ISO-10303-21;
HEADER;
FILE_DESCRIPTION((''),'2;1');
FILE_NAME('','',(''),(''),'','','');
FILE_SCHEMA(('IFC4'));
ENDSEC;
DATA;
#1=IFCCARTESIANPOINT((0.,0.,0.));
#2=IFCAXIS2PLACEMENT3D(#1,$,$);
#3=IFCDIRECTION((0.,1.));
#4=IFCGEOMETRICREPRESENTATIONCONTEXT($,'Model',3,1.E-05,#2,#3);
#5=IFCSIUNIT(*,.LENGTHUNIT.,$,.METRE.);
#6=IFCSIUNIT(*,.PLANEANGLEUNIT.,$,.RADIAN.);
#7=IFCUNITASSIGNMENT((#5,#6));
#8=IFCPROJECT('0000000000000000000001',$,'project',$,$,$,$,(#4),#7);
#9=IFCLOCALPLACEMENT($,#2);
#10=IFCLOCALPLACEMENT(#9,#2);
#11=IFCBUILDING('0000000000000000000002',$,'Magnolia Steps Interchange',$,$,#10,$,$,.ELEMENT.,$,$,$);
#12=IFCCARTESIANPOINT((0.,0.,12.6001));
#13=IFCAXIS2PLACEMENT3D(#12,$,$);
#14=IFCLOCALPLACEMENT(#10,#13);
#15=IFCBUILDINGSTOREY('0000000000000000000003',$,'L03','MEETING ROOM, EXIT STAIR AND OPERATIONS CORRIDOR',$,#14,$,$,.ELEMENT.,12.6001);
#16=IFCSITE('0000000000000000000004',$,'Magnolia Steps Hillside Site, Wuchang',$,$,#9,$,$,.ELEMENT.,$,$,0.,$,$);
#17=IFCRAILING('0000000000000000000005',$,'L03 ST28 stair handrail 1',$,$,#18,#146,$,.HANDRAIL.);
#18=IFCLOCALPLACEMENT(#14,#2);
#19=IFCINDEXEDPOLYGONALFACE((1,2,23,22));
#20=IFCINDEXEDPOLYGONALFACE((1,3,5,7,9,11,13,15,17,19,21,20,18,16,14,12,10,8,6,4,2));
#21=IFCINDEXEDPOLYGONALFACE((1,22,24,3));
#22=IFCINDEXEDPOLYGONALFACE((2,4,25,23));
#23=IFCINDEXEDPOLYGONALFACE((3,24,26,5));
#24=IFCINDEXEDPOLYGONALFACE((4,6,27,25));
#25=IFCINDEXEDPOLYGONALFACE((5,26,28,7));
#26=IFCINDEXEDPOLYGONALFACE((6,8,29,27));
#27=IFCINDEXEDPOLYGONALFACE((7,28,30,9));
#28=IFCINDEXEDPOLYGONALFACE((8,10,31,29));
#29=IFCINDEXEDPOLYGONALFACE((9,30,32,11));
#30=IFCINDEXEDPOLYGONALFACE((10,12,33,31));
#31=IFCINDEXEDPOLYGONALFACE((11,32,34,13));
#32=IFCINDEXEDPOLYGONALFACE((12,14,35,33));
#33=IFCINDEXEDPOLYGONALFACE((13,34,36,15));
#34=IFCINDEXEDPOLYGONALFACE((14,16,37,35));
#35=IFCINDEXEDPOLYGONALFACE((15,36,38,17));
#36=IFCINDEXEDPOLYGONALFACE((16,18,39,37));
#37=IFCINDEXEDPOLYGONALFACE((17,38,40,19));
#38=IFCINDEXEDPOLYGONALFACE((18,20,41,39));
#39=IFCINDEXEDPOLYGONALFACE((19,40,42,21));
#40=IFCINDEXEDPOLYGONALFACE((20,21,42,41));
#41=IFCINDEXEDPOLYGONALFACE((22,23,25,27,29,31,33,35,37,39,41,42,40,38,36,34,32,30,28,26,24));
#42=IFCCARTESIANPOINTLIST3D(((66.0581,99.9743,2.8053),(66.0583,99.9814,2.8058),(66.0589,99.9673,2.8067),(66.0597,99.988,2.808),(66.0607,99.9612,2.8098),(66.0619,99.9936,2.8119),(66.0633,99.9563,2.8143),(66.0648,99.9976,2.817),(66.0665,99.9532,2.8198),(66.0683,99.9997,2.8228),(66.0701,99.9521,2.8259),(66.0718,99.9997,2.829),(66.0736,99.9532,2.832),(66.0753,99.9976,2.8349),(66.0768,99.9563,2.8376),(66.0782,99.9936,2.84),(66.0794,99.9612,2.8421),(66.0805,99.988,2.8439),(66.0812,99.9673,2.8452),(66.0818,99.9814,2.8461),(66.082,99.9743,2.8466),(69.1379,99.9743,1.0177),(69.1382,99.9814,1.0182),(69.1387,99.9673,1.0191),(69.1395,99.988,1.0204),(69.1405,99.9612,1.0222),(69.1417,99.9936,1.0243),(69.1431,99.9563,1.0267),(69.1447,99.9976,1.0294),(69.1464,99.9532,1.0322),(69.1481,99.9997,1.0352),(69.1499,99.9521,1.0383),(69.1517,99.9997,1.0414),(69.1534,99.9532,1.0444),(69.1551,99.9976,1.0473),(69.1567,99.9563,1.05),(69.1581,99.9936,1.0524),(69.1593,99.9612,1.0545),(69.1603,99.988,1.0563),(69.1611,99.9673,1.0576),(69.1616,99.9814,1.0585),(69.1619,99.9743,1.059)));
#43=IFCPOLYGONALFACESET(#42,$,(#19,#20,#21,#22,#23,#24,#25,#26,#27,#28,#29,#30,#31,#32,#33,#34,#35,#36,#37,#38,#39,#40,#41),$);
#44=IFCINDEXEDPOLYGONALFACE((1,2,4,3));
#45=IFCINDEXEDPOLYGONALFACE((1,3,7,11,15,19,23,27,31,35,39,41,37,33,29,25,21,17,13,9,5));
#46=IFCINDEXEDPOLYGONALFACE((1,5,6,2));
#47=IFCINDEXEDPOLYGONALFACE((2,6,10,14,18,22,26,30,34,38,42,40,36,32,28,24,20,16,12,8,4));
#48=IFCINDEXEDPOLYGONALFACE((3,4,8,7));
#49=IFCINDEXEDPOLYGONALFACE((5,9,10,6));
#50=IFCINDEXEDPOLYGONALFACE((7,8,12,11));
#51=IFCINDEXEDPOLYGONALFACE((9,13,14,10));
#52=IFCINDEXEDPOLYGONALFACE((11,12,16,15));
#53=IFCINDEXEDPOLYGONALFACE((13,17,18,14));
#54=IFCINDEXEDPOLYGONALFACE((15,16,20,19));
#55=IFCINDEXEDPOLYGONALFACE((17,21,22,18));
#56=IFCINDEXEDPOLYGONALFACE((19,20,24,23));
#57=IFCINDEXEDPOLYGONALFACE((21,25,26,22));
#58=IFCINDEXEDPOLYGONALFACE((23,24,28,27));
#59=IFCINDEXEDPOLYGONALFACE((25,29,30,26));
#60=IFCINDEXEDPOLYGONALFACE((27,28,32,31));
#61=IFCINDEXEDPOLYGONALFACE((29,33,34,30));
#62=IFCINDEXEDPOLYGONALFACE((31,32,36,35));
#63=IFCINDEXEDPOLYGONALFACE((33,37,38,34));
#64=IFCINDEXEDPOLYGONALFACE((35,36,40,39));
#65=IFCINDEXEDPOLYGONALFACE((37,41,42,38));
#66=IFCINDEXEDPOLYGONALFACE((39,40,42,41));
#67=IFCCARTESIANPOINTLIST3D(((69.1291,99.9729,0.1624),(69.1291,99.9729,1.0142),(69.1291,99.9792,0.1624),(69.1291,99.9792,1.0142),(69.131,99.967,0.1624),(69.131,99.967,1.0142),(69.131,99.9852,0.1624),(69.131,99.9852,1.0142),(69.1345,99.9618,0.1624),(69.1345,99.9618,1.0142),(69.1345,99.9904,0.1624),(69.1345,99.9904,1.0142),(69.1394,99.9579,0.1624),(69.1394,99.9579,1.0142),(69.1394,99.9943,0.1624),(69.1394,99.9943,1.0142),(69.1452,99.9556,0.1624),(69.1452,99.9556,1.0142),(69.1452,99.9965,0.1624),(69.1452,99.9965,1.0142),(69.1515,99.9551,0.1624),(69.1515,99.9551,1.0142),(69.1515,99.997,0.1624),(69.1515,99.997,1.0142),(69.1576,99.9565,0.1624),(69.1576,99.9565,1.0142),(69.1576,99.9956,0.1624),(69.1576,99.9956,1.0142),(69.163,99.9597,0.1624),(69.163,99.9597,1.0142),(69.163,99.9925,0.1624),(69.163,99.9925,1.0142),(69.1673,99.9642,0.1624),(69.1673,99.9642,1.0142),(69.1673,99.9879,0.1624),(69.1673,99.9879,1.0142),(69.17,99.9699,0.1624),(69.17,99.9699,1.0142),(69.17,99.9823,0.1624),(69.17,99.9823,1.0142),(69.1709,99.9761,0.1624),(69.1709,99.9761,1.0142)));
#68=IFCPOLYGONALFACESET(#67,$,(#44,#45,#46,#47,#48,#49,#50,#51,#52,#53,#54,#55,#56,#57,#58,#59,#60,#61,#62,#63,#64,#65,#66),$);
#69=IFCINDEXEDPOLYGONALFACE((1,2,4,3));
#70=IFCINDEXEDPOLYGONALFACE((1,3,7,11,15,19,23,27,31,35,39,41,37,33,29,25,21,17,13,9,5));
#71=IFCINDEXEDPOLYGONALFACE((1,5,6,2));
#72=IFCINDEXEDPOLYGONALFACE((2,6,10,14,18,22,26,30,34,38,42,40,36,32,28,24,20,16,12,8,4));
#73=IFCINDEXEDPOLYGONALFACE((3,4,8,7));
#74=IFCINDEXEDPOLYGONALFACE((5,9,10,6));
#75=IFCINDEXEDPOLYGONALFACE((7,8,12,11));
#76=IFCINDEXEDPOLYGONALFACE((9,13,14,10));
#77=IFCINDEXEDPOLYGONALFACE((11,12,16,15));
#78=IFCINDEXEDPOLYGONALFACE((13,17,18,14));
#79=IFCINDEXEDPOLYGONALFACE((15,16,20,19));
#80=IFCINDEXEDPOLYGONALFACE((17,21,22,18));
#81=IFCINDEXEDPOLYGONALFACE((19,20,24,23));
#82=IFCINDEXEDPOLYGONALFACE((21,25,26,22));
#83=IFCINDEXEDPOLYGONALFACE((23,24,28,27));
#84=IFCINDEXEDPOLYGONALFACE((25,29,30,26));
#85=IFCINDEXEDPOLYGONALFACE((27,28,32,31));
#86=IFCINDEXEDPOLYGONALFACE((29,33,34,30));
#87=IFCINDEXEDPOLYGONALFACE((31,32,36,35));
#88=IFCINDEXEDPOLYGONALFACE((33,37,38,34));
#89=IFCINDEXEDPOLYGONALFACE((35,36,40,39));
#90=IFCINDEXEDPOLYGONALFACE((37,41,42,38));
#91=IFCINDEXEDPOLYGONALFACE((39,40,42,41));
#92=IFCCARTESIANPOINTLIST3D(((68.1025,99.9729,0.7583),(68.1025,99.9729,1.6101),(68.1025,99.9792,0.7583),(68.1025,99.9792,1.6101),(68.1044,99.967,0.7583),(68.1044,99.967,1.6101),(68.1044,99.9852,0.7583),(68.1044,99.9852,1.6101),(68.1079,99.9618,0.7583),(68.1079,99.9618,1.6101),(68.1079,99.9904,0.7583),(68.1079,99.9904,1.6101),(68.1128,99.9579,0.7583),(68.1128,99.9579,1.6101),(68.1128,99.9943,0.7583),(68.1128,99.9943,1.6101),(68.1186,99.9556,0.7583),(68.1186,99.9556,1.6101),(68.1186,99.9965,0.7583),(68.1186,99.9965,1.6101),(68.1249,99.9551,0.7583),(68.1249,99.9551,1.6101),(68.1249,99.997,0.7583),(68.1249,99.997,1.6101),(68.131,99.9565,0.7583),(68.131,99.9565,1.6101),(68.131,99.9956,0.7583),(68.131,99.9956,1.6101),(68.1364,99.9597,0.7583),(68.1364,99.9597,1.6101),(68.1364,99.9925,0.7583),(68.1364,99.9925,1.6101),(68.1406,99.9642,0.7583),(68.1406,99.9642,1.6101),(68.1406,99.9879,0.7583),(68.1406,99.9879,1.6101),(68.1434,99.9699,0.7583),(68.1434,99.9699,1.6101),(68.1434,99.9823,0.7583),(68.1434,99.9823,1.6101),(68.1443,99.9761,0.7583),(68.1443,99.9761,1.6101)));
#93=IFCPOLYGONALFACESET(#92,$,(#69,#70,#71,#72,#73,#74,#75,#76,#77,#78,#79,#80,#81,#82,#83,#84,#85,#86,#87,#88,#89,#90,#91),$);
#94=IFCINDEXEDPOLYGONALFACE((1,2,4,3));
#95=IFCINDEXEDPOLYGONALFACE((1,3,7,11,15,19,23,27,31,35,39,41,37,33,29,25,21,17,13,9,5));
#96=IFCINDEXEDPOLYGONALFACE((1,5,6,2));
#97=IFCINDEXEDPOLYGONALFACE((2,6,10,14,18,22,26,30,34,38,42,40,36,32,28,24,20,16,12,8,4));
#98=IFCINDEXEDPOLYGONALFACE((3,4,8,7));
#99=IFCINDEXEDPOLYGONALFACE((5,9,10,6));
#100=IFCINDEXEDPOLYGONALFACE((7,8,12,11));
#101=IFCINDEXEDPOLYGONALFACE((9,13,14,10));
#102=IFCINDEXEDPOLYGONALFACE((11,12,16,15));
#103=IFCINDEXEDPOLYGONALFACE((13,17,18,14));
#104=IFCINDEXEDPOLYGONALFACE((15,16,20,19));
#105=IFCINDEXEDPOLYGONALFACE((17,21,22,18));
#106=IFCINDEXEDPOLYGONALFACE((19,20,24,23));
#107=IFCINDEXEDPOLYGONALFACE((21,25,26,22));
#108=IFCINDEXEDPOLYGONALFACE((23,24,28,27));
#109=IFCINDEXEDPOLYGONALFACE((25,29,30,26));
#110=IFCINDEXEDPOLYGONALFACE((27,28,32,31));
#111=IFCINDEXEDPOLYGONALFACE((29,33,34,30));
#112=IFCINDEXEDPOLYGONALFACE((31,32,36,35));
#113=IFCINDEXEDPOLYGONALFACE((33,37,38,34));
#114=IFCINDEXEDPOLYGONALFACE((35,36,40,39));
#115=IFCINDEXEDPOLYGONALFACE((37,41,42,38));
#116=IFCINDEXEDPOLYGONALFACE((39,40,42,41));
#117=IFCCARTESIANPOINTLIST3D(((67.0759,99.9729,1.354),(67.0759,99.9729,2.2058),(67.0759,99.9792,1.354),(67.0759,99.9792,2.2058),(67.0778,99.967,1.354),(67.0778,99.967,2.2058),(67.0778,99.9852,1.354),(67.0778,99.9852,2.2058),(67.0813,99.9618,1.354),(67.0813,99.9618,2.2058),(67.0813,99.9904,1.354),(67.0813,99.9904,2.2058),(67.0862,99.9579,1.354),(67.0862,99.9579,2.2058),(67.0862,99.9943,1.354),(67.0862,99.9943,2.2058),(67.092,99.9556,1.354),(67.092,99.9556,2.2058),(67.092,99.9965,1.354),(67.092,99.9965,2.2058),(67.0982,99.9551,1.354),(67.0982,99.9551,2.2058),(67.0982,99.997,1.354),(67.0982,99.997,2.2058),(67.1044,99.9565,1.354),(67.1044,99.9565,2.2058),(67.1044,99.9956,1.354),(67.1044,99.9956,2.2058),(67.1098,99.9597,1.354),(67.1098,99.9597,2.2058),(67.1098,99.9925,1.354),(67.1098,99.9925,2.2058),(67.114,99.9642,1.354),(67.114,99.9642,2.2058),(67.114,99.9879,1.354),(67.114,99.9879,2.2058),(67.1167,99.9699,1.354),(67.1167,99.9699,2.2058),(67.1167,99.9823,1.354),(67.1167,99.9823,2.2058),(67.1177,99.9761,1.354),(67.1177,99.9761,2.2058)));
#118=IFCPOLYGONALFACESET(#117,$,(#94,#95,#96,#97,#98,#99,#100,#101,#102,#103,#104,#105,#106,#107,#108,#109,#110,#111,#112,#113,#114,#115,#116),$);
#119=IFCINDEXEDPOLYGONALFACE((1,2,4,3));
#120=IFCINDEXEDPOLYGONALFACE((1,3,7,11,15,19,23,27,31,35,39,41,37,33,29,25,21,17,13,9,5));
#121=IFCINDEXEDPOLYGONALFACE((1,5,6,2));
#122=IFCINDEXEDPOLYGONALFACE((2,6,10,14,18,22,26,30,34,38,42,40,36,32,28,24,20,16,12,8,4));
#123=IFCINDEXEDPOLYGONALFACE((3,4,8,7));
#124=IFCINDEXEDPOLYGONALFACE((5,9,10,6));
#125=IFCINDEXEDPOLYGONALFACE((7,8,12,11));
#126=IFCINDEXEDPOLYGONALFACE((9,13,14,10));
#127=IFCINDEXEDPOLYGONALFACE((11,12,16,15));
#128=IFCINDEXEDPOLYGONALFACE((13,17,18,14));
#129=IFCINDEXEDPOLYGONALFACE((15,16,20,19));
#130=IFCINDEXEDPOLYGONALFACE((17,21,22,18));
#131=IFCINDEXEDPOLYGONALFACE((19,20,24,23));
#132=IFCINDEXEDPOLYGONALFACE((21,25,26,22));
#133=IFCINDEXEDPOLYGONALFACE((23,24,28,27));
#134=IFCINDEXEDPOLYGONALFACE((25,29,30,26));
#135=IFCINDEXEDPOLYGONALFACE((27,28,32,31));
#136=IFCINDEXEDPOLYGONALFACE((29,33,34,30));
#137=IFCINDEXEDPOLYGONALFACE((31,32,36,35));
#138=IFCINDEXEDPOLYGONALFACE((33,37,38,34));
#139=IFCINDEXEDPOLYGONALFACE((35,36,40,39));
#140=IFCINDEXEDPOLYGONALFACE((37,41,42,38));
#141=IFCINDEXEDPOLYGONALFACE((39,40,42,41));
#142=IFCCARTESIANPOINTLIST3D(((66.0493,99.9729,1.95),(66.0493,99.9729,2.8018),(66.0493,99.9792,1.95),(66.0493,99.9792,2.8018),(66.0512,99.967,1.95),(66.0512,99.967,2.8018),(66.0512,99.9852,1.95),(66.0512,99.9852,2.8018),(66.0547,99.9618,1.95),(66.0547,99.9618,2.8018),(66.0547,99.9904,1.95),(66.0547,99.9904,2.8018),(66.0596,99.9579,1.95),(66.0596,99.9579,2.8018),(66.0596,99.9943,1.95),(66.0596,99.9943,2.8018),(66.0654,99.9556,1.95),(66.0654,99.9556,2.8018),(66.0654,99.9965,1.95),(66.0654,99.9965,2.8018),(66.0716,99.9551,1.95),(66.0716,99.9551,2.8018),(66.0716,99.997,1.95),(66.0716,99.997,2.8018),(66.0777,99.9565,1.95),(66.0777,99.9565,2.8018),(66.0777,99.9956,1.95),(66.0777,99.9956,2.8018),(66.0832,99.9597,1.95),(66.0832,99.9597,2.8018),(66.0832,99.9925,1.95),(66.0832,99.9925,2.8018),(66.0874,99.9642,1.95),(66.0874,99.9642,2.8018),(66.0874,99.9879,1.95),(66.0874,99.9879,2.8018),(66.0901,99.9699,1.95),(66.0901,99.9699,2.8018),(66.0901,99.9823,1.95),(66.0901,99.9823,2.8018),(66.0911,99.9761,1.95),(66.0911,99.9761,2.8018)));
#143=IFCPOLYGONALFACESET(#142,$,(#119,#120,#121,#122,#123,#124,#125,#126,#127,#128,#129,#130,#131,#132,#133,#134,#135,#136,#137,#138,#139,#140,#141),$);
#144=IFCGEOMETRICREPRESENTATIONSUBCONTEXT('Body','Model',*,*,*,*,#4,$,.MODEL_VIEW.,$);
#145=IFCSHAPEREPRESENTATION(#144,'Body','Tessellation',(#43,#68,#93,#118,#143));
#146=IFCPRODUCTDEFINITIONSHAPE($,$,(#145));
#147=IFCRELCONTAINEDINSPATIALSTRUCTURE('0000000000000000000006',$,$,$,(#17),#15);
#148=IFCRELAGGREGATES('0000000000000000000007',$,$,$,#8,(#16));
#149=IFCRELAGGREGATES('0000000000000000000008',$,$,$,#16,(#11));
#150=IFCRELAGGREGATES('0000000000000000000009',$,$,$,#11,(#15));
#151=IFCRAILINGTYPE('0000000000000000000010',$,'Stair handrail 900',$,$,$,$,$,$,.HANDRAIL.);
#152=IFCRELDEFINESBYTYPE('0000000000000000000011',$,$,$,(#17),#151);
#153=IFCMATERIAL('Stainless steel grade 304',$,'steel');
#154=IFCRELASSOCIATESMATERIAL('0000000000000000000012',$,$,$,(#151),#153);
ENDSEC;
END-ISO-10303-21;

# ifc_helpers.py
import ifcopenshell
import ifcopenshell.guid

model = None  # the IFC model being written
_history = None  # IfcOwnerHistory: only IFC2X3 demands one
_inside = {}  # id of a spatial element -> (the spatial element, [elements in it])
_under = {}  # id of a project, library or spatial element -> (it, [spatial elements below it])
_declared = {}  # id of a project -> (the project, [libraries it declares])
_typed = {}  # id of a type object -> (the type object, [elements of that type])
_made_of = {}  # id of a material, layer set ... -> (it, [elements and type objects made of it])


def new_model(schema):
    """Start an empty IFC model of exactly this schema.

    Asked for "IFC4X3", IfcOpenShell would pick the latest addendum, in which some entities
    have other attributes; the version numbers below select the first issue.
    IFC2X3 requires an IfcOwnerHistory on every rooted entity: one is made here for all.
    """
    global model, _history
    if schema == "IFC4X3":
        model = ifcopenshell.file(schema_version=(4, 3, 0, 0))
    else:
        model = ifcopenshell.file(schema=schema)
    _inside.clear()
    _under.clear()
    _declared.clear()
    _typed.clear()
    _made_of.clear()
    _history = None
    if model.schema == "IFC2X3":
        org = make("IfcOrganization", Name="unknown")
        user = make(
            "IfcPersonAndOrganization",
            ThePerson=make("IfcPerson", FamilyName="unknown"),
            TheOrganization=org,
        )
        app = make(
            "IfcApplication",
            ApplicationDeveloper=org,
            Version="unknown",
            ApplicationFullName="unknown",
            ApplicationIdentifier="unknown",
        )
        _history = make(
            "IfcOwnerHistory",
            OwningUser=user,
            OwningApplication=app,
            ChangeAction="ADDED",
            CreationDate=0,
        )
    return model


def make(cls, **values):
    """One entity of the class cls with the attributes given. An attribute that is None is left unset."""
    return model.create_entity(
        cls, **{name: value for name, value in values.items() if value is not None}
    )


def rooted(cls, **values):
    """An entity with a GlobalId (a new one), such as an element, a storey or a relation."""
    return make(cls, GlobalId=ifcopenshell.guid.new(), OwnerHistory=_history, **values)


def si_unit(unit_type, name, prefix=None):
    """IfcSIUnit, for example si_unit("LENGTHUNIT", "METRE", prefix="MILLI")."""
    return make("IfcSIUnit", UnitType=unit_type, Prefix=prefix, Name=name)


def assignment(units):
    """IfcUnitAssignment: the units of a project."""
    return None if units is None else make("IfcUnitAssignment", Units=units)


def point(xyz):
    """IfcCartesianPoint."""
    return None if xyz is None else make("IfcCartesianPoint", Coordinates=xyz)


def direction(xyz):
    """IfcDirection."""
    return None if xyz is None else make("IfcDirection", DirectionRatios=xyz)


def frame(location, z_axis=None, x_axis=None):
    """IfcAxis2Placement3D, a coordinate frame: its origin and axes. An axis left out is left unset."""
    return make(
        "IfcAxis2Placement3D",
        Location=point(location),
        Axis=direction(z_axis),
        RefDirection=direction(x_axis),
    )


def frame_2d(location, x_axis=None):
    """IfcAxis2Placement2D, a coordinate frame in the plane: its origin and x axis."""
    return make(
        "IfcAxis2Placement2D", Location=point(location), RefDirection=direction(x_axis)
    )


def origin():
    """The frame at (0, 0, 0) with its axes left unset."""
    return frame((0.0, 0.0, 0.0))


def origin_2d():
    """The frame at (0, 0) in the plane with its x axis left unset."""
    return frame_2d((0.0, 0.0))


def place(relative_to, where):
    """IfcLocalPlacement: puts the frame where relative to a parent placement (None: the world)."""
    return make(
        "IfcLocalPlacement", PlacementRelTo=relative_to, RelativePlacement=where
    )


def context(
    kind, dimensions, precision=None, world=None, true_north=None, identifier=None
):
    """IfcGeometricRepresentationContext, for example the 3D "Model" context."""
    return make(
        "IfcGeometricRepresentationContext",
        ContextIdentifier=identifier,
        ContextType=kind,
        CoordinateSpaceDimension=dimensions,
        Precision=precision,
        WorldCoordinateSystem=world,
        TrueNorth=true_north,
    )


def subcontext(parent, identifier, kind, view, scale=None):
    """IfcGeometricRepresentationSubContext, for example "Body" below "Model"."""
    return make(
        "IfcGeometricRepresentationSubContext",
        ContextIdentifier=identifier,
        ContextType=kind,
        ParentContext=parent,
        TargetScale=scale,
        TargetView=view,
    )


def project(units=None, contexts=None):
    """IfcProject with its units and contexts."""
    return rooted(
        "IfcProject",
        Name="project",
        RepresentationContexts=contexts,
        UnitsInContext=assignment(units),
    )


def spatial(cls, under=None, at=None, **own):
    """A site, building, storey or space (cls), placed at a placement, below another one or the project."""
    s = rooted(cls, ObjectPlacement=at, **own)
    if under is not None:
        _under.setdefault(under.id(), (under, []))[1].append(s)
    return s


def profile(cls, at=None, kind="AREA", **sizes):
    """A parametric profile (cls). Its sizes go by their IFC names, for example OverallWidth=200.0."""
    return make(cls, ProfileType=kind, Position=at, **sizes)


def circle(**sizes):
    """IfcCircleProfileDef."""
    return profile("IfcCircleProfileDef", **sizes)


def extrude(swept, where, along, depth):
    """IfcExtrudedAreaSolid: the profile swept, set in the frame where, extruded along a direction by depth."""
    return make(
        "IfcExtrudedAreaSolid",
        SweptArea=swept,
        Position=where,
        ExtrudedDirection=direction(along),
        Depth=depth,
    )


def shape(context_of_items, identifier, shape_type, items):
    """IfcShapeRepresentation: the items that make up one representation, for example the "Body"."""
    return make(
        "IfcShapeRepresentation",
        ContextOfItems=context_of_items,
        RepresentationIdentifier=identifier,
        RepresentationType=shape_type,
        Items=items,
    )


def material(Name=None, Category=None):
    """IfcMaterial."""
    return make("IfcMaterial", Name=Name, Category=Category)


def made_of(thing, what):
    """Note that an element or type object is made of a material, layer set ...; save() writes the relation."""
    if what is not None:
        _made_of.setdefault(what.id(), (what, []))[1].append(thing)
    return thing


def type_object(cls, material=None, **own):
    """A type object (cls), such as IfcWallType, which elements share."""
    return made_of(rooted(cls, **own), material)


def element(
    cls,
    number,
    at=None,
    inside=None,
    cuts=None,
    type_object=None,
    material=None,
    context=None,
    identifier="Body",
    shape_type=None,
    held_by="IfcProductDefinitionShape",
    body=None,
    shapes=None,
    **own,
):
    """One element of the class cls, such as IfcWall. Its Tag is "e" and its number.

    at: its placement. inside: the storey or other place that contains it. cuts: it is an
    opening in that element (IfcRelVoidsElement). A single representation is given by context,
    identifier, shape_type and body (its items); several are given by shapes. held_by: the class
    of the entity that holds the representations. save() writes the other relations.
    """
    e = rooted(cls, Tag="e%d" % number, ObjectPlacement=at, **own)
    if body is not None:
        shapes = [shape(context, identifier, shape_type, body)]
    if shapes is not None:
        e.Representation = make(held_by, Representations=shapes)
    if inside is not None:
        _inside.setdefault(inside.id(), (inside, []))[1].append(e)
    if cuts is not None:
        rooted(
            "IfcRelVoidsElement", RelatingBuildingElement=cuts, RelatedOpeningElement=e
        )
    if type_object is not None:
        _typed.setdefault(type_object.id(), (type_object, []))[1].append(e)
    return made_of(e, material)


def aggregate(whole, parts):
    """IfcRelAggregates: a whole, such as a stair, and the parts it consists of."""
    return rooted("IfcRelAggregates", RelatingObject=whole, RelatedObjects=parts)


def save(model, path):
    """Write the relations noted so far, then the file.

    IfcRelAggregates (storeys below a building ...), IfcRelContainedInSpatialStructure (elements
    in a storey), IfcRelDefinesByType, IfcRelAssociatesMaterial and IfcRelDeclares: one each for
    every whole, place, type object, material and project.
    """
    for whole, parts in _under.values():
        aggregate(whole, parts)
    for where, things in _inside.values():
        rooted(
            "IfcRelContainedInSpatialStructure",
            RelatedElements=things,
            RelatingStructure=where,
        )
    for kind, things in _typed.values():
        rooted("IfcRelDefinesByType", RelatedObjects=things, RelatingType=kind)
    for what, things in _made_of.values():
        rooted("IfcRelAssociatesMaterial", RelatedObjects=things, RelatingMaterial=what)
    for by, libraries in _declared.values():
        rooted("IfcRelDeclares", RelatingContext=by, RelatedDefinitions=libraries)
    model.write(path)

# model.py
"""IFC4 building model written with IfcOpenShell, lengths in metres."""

from ifc_helpers import new_model, si_unit, direction, frame, origin, origin_2d, place, context, subcontext, project, spatial, circle, extrude, material, type_object, element, save


model = new_model("IFC4")

# Units and contexts
model_context = context("Model", 3, precision=1e-05, world=origin(), true_north=direction((0.0, 1.0)))
body_context = subcontext(model_context, "Body", "Model", "MODEL_VIEW")
ifc_project = project(units=[si_unit("LENGTHUNIT", "METRE"), si_unit("PLANEANGLEUNIT", "RADIAN")], contexts=[model_context])

# Site, building, storey
site_placement = place(None, origin())
site = spatial("IfcSite", under=ifc_project, at=site_placement, Name="Magnolia Steps Hillside Site, Wuchang", CompositionType="ELEMENT", RefElevation=0.0)
building_placement = place(site_placement, origin())
building = spatial("IfcBuilding", under=site, at=building_placement, Name="Magnolia Steps Interchange", CompositionType="ELEMENT")
storey_placement = place(building_placement, frame((0.0, 0.0, 12.6001)))
storey = spatial("IfcBuildingStorey", under=building, at=storey_placement, Name="L03", Description="MEETING ROOM, EXIT STAIR AND OPERATIONS CORRIDOR", CompositionType="ELEMENT", Elevation=12.6001)

# Railing
ifc_material_1 = material(Name="Stainless steel grade 304", Category="steel")
railing_type_1 = type_object("IfcRailingType", Name="Stair handrail 900", PredefinedType="HANDRAIL", material=ifc_material_1)
railing_1_placement = place(storey_placement, frame((69.1499, 99.9761, 0.1624)))
element("IfcRailing", 1, at=railing_1_placement, inside=storey, type_object=railing_type_1, Name="L03 ST28 stair handrail 1", PredefinedType="HANDRAIL", context=body_context, shape_type="SweptSolid", body=[
    extrude(circle(Radius=0.0239, at=origin_2d()), frame((0.0, 0.0, 0.876), z_axis=(-0.864873, 0.0, 0.50199), x_axis=(0.0, -1.0, 0.0)), (0.0, 0.0, 1.0), 3.561),
    extrude(circle(Radius=0.021, at=origin_2d()), origin(), (0.0, 0.0, 1.0), 0.8518),
    extrude(circle(Radius=0.021, at=origin_2d()), frame((-1.0266, 0.0, 0.5959)), (0.0, 0.0, 1.0), 0.8518),
    extrude(circle(Radius=0.021, at=origin_2d()), frame((-2.0532, 0.0, 1.1917)), (0.0, 0.0, 1.0), 0.8518),
    extrude(circle(Radius=0.021, at=origin_2d()), frame((-3.0798, 0.0, 1.7876)), (0.0, 0.0, 1.0), 0.8518),
])

save(model, "model.ifc")
